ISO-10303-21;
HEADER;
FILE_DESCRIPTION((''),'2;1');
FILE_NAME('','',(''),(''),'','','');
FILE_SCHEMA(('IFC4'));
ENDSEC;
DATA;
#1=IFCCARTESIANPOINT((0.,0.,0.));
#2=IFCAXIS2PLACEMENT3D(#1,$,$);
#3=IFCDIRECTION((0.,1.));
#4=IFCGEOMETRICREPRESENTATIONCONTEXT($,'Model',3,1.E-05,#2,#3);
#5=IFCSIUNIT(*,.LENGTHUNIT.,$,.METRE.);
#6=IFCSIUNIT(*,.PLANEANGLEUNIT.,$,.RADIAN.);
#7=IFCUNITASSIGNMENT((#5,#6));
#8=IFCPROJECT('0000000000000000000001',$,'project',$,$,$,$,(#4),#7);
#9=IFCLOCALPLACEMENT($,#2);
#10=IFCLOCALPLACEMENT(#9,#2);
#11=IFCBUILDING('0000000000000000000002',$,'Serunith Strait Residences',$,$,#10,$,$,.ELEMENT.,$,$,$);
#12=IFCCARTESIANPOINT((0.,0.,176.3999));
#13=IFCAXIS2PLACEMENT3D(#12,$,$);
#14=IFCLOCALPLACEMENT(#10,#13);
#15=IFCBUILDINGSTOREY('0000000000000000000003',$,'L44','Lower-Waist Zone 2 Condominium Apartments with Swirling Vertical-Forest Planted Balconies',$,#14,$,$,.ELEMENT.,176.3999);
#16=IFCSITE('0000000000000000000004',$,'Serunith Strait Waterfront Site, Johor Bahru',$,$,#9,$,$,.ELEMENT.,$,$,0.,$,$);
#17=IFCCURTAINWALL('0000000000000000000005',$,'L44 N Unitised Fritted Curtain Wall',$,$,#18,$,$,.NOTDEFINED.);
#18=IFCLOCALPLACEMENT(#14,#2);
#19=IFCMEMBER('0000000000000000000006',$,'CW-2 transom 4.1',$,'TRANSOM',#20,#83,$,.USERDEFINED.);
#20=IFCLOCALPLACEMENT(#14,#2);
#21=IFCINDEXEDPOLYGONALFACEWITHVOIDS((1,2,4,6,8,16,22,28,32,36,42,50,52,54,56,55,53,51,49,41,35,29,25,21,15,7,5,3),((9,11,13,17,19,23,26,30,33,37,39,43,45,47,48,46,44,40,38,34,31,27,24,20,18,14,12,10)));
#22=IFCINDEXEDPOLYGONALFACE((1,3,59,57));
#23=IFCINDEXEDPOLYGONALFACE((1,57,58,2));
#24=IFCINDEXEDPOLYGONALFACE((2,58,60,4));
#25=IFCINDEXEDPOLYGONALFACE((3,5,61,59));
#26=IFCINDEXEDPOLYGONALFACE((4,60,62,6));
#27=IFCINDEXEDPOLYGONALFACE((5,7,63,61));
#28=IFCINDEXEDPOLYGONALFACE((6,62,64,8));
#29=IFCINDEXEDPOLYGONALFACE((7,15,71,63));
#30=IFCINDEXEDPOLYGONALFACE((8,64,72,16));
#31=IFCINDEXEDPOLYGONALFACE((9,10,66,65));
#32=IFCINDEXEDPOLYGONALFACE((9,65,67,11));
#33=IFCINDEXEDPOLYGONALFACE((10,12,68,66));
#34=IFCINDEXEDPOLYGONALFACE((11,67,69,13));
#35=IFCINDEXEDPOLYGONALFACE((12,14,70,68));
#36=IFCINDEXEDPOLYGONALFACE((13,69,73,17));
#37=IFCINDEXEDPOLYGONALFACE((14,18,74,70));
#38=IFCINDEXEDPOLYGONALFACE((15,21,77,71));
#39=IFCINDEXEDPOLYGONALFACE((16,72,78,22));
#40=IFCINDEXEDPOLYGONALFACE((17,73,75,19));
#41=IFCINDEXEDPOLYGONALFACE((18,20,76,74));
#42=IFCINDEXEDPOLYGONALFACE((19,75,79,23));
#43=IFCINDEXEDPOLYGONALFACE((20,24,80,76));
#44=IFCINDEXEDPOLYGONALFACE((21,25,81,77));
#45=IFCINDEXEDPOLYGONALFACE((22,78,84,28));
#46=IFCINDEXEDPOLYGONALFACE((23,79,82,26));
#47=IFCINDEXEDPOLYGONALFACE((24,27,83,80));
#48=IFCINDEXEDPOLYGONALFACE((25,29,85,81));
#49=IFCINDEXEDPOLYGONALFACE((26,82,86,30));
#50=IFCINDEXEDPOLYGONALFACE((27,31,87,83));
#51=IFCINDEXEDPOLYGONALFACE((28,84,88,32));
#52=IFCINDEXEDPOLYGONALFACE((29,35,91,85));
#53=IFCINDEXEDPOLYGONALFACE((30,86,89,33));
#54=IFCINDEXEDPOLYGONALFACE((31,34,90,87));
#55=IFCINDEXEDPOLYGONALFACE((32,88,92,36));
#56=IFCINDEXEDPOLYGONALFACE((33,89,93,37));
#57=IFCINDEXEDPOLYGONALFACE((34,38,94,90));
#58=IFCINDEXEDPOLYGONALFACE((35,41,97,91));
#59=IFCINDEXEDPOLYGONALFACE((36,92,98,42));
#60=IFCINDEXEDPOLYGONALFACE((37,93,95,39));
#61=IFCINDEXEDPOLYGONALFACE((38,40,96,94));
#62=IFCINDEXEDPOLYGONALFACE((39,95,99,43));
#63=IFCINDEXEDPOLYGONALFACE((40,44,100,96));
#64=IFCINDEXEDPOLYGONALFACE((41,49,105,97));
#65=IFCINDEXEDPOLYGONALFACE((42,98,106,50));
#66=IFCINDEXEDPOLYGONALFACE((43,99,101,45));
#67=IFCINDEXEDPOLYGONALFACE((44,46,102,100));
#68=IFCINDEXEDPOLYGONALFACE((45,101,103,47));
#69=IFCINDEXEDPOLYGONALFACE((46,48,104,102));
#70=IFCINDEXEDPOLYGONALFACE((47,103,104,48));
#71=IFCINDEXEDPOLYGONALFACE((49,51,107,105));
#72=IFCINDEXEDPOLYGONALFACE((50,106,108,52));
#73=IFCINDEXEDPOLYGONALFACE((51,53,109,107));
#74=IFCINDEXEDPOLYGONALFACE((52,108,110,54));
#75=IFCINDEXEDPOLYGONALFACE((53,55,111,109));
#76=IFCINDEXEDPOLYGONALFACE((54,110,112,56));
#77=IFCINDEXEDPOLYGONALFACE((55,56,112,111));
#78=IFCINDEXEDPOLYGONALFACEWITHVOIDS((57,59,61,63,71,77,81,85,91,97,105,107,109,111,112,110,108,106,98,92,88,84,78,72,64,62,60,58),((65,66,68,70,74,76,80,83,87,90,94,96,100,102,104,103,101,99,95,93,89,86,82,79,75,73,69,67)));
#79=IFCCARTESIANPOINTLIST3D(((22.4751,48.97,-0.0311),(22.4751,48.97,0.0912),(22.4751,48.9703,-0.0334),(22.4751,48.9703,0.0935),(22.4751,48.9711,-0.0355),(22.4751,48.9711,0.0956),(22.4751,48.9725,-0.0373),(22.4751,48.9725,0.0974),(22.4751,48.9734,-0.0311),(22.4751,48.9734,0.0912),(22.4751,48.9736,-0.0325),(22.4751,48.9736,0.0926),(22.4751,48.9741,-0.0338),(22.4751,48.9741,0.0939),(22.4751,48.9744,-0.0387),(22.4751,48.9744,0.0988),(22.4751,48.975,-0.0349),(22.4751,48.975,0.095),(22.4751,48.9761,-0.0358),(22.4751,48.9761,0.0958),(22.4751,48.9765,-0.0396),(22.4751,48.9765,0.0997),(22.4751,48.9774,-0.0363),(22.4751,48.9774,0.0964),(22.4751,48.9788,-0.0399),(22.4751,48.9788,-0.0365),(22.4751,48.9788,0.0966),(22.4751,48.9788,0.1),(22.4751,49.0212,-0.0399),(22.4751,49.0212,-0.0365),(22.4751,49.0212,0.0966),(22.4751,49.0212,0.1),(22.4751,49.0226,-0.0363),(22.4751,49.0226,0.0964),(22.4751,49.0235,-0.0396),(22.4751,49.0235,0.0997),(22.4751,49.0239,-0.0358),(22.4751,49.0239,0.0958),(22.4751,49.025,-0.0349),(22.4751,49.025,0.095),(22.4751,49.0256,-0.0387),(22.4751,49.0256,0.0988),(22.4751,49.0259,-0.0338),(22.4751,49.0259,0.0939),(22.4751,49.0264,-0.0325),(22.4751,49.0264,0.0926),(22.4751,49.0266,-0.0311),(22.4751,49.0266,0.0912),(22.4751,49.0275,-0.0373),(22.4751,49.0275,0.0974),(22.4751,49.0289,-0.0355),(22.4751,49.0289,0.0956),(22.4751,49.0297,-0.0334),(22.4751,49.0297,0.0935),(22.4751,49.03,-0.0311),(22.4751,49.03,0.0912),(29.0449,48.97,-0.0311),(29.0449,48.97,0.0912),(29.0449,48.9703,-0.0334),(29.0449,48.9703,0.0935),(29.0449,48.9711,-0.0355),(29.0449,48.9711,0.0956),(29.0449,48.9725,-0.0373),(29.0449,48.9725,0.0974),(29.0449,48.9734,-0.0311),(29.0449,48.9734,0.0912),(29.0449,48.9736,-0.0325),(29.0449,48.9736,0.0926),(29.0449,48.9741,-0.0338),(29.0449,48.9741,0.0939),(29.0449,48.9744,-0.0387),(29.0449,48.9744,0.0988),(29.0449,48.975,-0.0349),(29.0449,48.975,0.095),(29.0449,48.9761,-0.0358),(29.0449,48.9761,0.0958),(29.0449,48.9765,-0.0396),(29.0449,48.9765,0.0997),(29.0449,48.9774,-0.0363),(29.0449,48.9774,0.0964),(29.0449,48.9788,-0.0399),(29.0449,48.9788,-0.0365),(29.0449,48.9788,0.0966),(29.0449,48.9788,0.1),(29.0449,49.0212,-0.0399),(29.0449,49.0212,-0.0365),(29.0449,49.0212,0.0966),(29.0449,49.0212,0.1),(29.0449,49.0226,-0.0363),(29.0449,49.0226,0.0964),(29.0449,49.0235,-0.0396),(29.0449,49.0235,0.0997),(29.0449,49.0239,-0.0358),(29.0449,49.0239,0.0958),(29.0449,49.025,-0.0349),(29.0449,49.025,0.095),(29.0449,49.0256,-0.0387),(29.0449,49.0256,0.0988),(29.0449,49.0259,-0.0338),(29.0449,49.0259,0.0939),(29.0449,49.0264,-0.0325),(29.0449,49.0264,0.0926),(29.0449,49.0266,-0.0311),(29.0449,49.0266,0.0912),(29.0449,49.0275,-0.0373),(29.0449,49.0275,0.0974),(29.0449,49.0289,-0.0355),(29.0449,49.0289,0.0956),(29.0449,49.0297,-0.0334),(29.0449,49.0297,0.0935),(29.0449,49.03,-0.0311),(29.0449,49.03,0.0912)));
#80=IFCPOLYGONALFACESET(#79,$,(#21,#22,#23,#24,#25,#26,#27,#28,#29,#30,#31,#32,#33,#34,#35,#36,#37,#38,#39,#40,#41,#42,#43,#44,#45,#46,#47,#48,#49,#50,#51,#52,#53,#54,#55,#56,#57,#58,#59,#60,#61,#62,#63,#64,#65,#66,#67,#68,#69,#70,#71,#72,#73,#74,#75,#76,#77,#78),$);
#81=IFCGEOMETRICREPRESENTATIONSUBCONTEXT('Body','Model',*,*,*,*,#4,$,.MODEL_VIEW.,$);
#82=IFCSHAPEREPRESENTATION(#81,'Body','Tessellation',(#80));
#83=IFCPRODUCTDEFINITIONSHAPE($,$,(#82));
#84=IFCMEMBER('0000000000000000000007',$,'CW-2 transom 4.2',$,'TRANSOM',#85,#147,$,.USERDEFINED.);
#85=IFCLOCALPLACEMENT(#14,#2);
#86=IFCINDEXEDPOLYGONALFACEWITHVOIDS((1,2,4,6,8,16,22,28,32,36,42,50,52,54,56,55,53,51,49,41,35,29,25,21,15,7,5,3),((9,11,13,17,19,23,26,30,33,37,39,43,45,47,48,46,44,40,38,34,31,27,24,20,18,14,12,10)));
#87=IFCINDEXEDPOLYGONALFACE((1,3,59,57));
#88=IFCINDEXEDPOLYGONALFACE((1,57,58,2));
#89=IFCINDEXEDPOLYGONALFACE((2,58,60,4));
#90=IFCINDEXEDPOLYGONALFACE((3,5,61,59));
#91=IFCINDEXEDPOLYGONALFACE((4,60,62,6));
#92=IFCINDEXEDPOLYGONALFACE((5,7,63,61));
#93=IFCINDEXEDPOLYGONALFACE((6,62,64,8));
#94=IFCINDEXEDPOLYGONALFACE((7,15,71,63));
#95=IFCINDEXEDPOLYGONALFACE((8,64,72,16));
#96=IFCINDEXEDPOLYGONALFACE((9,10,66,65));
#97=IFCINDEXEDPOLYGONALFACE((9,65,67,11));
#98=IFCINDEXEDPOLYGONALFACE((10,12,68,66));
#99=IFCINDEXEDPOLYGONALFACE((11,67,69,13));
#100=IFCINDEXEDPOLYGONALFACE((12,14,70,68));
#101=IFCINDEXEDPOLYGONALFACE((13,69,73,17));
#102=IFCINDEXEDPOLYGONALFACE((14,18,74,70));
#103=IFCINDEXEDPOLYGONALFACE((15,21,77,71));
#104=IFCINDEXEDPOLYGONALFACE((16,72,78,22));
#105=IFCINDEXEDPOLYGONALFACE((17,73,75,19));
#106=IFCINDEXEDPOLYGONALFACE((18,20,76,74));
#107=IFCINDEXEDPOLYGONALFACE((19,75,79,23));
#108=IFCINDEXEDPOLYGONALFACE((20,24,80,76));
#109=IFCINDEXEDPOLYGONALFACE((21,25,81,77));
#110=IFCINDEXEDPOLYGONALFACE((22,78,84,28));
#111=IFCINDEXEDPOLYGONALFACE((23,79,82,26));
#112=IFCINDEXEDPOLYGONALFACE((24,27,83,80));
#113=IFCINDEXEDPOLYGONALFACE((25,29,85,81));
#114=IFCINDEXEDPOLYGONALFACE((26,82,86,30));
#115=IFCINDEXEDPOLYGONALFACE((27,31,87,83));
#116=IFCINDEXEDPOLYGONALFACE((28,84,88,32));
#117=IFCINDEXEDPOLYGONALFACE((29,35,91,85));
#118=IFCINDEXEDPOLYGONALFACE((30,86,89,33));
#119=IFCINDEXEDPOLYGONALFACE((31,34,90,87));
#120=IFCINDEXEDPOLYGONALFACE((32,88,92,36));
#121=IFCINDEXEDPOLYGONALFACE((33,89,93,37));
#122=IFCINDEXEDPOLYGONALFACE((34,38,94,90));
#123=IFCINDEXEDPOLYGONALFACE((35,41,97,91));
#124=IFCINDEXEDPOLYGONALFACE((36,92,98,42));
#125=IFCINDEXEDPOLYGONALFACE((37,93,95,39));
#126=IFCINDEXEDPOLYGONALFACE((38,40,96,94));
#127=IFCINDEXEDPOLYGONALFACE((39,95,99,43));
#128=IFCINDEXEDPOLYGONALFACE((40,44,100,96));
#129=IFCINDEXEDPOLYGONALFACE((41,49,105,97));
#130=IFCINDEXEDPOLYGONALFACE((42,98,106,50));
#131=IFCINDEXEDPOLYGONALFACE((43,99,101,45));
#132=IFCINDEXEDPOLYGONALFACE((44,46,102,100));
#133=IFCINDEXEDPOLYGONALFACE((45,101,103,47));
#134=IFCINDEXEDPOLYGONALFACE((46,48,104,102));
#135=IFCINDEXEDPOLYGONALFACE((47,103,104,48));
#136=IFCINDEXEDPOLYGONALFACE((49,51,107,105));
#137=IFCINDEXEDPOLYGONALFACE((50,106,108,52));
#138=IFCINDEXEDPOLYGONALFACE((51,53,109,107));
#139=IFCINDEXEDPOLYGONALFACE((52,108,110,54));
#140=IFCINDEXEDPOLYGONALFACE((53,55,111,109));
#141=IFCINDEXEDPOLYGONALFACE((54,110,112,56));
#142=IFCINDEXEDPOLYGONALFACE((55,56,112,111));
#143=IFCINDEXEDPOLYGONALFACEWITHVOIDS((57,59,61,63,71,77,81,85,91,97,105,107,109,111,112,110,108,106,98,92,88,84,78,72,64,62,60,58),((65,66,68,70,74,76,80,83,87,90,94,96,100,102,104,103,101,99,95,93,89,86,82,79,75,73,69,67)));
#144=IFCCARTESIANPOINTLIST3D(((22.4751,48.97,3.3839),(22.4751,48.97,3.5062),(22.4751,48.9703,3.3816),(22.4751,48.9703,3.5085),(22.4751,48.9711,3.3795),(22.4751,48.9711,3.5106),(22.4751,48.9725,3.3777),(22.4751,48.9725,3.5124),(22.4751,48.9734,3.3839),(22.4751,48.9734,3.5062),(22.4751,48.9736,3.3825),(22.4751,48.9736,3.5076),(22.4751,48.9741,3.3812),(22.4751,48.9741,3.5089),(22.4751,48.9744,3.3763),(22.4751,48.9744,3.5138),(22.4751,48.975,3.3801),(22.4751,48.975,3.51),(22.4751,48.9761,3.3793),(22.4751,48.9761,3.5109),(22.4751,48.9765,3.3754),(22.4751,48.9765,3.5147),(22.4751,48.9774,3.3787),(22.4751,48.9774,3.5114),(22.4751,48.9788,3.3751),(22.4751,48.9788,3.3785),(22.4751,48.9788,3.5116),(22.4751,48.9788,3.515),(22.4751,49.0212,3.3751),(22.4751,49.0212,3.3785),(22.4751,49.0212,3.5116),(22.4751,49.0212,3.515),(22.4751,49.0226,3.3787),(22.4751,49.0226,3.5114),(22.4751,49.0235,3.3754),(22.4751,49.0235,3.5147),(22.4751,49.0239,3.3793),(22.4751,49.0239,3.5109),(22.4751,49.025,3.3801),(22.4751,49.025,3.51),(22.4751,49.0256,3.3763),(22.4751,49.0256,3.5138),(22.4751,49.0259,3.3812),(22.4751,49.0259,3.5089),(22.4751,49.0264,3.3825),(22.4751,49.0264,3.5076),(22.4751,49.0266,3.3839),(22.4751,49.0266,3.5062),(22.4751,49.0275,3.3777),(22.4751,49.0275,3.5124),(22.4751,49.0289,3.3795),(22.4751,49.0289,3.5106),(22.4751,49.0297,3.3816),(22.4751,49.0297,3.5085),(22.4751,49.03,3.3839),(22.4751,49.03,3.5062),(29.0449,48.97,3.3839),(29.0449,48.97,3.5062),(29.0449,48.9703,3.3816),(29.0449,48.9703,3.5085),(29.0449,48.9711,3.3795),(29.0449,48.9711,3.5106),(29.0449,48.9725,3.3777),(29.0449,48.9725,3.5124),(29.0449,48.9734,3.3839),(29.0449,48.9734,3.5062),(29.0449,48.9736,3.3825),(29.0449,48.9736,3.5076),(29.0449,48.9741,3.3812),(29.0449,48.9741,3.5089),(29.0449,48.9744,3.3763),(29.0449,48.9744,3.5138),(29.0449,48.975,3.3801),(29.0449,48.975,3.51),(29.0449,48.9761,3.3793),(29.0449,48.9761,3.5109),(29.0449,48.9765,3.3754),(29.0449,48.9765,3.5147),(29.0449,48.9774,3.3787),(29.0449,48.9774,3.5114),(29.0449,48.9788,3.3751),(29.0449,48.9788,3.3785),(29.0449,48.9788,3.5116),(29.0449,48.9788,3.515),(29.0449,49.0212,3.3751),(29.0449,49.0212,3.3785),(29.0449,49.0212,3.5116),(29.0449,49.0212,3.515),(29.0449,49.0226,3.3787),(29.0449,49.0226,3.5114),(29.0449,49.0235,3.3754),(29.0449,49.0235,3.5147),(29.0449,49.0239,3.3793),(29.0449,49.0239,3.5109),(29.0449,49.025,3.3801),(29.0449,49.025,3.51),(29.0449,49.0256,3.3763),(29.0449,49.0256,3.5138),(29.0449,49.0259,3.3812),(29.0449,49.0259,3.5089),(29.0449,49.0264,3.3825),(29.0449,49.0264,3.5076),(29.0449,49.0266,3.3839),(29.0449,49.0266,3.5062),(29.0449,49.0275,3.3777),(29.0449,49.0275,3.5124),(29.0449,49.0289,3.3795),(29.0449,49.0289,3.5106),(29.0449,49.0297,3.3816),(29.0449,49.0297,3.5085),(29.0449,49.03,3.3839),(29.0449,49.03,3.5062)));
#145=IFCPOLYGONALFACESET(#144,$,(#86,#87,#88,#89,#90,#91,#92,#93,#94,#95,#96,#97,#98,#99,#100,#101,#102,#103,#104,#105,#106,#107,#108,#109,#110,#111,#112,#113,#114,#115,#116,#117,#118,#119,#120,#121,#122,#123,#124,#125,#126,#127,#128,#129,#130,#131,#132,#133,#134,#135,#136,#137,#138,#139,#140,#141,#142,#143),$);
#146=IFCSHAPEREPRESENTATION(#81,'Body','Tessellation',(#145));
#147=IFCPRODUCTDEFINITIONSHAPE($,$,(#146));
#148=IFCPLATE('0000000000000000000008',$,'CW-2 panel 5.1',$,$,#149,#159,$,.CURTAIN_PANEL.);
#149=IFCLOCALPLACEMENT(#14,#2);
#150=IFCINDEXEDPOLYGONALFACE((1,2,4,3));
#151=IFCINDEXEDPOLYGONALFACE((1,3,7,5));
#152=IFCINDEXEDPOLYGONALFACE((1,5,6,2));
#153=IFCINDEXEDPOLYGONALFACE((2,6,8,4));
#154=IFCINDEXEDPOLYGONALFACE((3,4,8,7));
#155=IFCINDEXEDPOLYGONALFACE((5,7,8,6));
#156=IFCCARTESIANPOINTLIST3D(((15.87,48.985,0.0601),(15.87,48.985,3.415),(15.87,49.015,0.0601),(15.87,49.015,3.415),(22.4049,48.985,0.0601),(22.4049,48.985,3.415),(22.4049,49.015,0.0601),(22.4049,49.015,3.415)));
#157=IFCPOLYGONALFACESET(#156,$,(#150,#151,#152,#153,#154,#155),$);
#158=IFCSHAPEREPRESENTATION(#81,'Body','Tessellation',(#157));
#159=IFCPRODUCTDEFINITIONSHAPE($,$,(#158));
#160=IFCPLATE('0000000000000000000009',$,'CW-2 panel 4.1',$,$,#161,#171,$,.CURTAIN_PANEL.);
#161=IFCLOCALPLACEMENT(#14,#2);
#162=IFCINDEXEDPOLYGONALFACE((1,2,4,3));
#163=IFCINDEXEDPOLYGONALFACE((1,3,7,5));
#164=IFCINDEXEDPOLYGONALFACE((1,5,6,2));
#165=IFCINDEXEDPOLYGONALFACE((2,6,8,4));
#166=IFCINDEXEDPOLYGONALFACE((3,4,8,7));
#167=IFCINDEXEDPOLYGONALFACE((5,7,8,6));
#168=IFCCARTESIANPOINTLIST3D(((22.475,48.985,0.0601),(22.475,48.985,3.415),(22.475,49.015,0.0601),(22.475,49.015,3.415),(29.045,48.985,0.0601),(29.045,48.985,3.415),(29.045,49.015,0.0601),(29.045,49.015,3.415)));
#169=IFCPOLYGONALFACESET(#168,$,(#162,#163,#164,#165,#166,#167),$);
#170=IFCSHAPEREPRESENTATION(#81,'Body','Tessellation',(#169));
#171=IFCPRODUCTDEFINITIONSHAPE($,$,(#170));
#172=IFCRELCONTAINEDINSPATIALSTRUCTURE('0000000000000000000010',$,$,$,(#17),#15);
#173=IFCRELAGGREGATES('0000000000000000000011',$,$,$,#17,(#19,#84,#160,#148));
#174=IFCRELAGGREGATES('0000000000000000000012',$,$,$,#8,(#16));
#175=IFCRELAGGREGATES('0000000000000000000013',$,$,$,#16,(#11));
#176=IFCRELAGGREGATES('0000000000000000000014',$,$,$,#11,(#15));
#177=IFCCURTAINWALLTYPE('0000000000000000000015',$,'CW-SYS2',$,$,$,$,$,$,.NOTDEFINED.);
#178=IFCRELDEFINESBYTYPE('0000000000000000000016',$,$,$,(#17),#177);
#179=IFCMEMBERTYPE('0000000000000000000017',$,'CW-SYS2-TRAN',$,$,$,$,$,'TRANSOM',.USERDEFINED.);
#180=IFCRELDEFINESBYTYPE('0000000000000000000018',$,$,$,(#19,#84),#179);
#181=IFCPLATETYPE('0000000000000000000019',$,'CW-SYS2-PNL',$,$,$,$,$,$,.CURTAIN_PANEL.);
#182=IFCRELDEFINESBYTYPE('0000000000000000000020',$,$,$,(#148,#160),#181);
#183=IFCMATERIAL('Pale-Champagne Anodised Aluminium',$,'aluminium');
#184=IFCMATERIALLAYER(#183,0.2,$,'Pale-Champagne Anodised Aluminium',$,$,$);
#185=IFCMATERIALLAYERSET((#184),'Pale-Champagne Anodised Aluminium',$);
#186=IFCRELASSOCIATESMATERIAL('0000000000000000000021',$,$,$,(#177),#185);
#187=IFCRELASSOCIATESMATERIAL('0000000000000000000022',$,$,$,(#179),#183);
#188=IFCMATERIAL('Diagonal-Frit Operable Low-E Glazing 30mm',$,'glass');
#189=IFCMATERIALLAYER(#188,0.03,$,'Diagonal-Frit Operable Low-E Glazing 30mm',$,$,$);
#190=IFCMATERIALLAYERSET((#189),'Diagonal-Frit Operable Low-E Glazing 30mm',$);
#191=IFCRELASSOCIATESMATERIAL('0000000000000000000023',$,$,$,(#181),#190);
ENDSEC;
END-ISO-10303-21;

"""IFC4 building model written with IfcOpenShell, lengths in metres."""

from ifc_helpers import new_model, si_unit, direction, frame, origin, origin_2d, place, context, subcontext, project, spatial, rectangle, hollow_rectangle, extrude, source, transform, mapped, material, layer, layer_set, material_profile, profile_set, type_object, element, aggregate, save


model = new_model("IFC4")

# Units and contexts
model_context = context("Model", 3, precision=1e-05, world=origin(), true_north=direction((0.0, 1.0)))
body_context = subcontext(model_context, "Body", "Model", "MODEL_VIEW")
ifc_project = project(units=[si_unit("LENGTHUNIT", "METRE"), si_unit("PLANEANGLEUNIT", "RADIAN")], contexts=[model_context])

# Site, building, storey
site_placement = place(None, origin())
site = spatial("IfcSite", under=ifc_project, at=site_placement, Name="Serunith Strait Waterfront Site, Johor Bahru", CompositionType="ELEMENT", RefElevation=0.0)
building_placement = place(site_placement, origin())
building = spatial("IfcBuilding", under=site, at=building_placement, Name="Serunith Strait Residences", CompositionType="ELEMENT")
storey_placement = place(building_placement, frame((0.0, 0.0, 176.3999)))
storey = spatial("IfcBuildingStorey", under=building, at=storey_placement, Name="L44", Description="Lower-Waist Zone 2 Condominium Apartments with Swirling Vertical-Forest Planted Balconies", CompositionType="ELEMENT", Elevation=176.3999)

# Curtain wall, members, plates
ifc_material_1 = material(Name="Pale-Champagne Anodised Aluminium", Category="aluminium")
ifc_layer_1 = layer(ifc_material_1, 0.2, Name="Pale-Champagne Anodised Aluminium")
ifc_layer_set_1 = layer_set([ifc_layer_1], Name="Pale-Champagne Anodised Aluminium")
curtain_wall_type = type_object("IfcCurtainWallType", Name="CW-SYS2", PredefinedType="NOTDEFINED", material=ifc_layer_set_1)
curtain_wall_placement = place(storey_placement, origin())
curtain_wall = element("IfcCurtainWall", 1, at=curtain_wall_placement, inside=storey, type_object=curtain_wall_type, Name="L44 N Unitised Fritted Curtain Wall", PredefinedType="NOTDEFINED")
ifc_material_profile_1 = material_profile(ifc_material_1, hollow_rectangle(XDim=0.0601, YDim=0.1399, WallThickness=0.0034, InnerFilletRadius=0.0054, OuterFilletRadius=0.0088, at=origin_2d()), Name="ALU 140x60x3.5")
ifc_profile_set_1 = profile_set([ifc_material_profile_1], Name="Pale-Champagne Anodised Aluminium")
member_type_1 = type_object("IfcMemberType", Name="CW-SYS2-TRAN", ElementType="TRANSOM", PredefinedType="USERDEFINED", material=ifc_profile_set_1)
shared_shape_1 = source(origin(), body_context, "Body", "SweptSolid", [
    extrude(hollow_rectangle(XDim=0.0601, YDim=0.1399, WallThickness=0.0034, InnerFilletRadius=0.0054, OuterFilletRadius=0.0088, at=origin_2d()), origin(), (0.0, 0.0, 1.0), 6.5698),
])
member_1_placement = place(storey_placement, frame((29.0449, 49.0, 0.03), z_axis=(-1.0, 0.0, 0.0), x_axis=(0.0, -1.0, 0.0)))
member_1 = element("IfcMember", 2, at=member_1_placement, type_object=member_type_1, Name="CW-2 transom 4.1", ObjectType="TRANSOM", PredefinedType="USERDEFINED", context=body_context, shape_type="MappedRepresentation", body=[
    mapped(shared_shape_1, transform((0.0, 0.0, 0.0), scale=1.0)),
])
member_2_placement = place(storey_placement, frame((29.0449, 49.0, 3.4451), z_axis=(-1.0, 0.0, 0.0), x_axis=(0.0, -1.0, 0.0)))
member_2 = element("IfcMember", 3, at=member_2_placement, type_object=member_type_1, Name="CW-2 transom 4.2", ObjectType="TRANSOM", PredefinedType="USERDEFINED", context=body_context, shape_type="MappedRepresentation", body=[
    mapped(shared_shape_1, transform((0.0, 0.0, 0.0), scale=1.0)),
])
ifc_material_2 = material(Name="Diagonal-Frit Operable Low-E Glazing 30mm", Category="glass")
ifc_layer_2 = layer(ifc_material_2, 0.03, Name="Diagonal-Frit Operable Low-E Glazing 30mm")
ifc_layer_set_2 = layer_set([ifc_layer_2], Name="Diagonal-Frit Operable Low-E Glazing 30mm")
plate_type = type_object("IfcPlateType", Name="CW-SYS2-PNL", PredefinedType="CURTAIN_PANEL", material=ifc_layer_set_2)
shared_shape_2 = source(origin(), body_context, "Body", "SweptSolid", [
    extrude(rectangle(XDim=6.5349, YDim=0.03, at=origin_2d()), origin(), (0.0, 0.0, 1.0), 3.355),
])
plate_1_placement = place(storey_placement, frame((19.1375, 49.0, 0.0601), z_axis=(0.0, 0.0, 1.0), x_axis=(-1.0, 0.0, 0.0)))
plate_1 = element("IfcPlate", 4, at=plate_1_placement, type_object=plate_type, Name="CW-2 panel 5.1", PredefinedType="CURTAIN_PANEL", context=body_context, shape_type="MappedRepresentation", body=[
    mapped(shared_shape_2, transform((0.0, 0.0, 0.0), scale=1.0)),
])
shared_shape_3 = source(origin(), body_context, "Body", "SweptSolid", [
    extrude(rectangle(XDim=6.5701, YDim=0.03, at=origin_2d()), origin(), (0.0, 0.0, 1.0), 3.355),
])
plate_2_placement = place(storey_placement, frame((25.76, 49.0, 0.0601), z_axis=(0.0, 0.0, 1.0), x_axis=(-1.0, 0.0, 0.0)))
plate_2 = element("IfcPlate", 5, at=plate_2_placement, type_object=plate_type, Name="CW-2 panel 4.1", PredefinedType="CURTAIN_PANEL", context=body_context, shape_type="MappedRepresentation", body=[
    mapped(shared_shape_3, transform((0.0, 0.0, 0.0), scale=1.0)),
])
aggregate(curtain_wall, [member_1, member_2, plate_2, plate_1])

save(model, "model.ifc")
